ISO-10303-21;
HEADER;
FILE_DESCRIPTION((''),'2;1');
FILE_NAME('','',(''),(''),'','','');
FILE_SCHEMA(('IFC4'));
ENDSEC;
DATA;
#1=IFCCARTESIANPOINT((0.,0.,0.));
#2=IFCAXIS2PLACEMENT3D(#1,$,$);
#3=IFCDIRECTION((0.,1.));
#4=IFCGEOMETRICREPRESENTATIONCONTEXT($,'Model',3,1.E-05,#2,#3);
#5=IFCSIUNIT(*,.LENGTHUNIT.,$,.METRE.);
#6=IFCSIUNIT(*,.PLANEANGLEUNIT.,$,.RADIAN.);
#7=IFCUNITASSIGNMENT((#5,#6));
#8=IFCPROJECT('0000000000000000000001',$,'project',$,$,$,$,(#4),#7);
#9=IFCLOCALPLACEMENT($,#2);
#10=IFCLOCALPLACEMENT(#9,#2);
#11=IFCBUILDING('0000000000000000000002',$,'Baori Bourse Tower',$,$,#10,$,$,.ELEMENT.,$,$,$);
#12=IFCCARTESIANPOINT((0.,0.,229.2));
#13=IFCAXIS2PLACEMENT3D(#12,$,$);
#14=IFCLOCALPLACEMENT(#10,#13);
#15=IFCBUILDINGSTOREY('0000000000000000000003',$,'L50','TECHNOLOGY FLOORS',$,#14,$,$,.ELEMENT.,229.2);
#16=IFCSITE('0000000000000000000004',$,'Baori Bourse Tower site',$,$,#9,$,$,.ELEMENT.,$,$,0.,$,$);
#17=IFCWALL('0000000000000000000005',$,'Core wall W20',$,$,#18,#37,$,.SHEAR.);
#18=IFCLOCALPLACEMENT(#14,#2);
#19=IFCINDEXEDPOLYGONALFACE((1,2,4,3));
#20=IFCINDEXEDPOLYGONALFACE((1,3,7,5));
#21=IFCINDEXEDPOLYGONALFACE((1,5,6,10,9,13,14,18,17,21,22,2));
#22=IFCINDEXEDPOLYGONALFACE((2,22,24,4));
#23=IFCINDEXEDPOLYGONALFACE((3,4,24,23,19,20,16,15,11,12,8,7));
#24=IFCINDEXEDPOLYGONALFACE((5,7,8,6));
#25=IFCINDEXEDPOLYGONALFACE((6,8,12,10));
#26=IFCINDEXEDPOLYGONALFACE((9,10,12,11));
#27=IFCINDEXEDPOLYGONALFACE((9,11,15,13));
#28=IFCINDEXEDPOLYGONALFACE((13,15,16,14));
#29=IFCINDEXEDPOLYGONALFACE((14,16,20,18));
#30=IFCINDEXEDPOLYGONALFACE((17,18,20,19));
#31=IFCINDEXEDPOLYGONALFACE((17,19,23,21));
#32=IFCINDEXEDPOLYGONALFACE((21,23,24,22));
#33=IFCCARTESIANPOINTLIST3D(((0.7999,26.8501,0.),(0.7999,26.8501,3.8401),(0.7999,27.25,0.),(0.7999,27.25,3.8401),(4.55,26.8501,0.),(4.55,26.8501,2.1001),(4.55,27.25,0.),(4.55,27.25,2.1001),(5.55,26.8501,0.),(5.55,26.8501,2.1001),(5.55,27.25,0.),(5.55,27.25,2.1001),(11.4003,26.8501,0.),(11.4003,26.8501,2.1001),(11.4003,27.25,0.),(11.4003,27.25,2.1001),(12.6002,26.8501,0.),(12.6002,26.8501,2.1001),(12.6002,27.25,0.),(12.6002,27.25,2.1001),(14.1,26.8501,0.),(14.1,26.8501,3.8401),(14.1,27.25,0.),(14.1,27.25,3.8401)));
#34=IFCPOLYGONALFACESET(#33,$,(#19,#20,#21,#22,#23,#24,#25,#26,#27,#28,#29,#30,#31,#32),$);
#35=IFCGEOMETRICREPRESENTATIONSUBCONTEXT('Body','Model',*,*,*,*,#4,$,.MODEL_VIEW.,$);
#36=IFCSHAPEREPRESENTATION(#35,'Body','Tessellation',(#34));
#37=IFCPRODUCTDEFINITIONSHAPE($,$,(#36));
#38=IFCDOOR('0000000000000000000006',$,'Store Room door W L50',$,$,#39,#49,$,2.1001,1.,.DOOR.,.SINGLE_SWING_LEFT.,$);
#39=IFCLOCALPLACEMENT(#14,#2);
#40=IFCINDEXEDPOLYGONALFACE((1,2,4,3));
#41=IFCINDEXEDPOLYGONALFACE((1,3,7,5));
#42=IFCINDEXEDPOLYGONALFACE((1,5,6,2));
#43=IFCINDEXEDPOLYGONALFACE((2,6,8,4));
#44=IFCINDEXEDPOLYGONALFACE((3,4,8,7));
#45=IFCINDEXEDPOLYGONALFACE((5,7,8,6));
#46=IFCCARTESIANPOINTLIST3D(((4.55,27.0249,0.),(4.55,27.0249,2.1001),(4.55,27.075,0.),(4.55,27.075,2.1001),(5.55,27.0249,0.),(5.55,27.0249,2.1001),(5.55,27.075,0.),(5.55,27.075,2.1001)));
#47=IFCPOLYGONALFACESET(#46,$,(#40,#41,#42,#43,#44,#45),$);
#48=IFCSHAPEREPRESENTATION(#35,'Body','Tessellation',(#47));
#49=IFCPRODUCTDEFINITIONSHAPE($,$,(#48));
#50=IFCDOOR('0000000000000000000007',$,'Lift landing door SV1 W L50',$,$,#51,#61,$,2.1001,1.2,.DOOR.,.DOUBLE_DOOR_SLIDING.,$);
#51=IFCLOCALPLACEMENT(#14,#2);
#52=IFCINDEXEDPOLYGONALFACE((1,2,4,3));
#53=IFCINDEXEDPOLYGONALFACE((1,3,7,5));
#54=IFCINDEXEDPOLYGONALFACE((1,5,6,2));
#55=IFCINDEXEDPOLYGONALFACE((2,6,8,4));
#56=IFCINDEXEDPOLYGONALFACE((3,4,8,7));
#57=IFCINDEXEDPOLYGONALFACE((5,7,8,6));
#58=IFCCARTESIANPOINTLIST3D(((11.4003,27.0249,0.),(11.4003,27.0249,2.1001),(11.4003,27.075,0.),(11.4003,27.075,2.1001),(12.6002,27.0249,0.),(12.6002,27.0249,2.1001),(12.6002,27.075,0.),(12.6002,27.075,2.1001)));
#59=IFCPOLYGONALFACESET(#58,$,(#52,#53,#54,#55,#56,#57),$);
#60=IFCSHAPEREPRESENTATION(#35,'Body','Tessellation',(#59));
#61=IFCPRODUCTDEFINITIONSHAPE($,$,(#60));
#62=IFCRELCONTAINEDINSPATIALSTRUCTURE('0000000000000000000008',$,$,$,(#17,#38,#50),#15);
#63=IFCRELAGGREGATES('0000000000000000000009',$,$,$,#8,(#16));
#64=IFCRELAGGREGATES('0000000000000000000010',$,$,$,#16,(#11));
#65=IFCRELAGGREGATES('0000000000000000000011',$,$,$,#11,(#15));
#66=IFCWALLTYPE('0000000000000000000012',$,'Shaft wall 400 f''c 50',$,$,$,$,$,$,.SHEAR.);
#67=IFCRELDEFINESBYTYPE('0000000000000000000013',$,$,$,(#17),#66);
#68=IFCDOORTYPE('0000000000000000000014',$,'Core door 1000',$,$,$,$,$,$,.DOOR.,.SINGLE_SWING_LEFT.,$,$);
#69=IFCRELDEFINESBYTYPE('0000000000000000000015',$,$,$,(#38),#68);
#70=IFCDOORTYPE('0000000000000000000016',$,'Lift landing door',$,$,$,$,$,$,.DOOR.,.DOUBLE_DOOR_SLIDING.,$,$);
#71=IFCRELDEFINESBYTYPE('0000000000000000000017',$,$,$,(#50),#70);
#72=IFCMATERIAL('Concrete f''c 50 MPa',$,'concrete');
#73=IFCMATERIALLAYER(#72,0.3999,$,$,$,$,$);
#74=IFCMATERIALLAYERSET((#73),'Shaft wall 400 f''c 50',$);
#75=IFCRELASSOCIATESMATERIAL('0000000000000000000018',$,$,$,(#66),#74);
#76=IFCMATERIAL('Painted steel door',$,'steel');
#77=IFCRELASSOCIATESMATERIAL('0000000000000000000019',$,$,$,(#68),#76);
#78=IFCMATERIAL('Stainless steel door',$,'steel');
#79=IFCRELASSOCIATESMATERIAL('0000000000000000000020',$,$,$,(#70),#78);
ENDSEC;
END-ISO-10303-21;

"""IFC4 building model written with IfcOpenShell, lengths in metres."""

from ifc_helpers import new_model, si_unit, direction, frame, frame_2d, origin, place, context, subcontext, project, spatial, rectangle, extrude, material, layer, layer_set, type_object, element, fill, save


model = new_model("IFC4")

# Units and contexts
model_context = context("Model", 3, precision=1e-05, world=origin(), true_north=direction((0.0, 1.0)))
body_context = subcontext(model_context, "Body", "Model", "MODEL_VIEW")
ifc_project = project(units=[si_unit("LENGTHUNIT", "METRE"), si_unit("PLANEANGLEUNIT", "RADIAN")], contexts=[model_context])

# Site, building, storey
site_placement = place(None, origin())
site = spatial("IfcSite", under=ifc_project, at=site_placement, Name="Baori Bourse Tower site", CompositionType="ELEMENT", RefElevation=0.0)
building_placement = place(site_placement, origin())
building = spatial("IfcBuilding", under=site, at=building_placement, Name="Baori Bourse Tower", CompositionType="ELEMENT")
storey_placement = place(building_placement, frame((0.0, 0.0, 229.2)))
storey = spatial("IfcBuildingStorey", under=building, at=storey_placement, Name="L50", Description="TECHNOLOGY FLOORS", CompositionType="ELEMENT", Elevation=229.2)

# Wall, openings, doors
ifc_material_1 = material(Name="Concrete f'c 50 MPa", Category="concrete")
ifc_layer_1 = layer(ifc_material_1, 0.3999)
ifc_layer_set_1 = layer_set([ifc_layer_1], Name="Shaft wall 400 f'c 50")
wall_type_1 = type_object("IfcWallType", Name="Shaft wall 400 f'c 50", PredefinedType="SHEAR", material=ifc_layer_set_1)
wall_1_placement = place(storey_placement, frame((0.8, 27.05, 0.0), z_axis=(0.0, 0.0, 1.0), x_axis=(1.0, 0.0, 0.0)))
wall_1 = element("IfcWall", 1, at=wall_1_placement, inside=storey, type_object=wall_type_1, Name="Core wall W20", PredefinedType="SHEAR", context=body_context, shape_type="SweptSolid", body=[
    extrude(rectangle(XDim=13.3, YDim=0.3999, at=frame_2d((6.6499, 0.0))), origin(), (0.0, 0.0, 1.0), 3.8401),
])
opening_1_placement = place(wall_1_placement, frame((3.75, 0.0, 0.0)))
opening_1 = element("IfcOpeningElement", 2, at=opening_1_placement, cuts=wall_1, PredefinedType="OPENING", context=body_context, shape_type="SweptSolid", body=[
    extrude(rectangle(XDim=1.0, YDim=2.1001, at=frame_2d((0.5, 1.05))), frame((0.0, 0.21, 0.0), z_axis=(0.0, -1.0, 0.0), x_axis=(1.0, 0.0, 0.0)), (0.0, 0.0, 1.0), 0.4199),
])
opening_2_placement = place(wall_1_placement, frame((10.6001, 0.0, 0.0)))
opening_2 = element("IfcOpeningElement", 3, at=opening_2_placement, cuts=wall_1, PredefinedType="OPENING", context=body_context, shape_type="SweptSolid", body=[
    extrude(rectangle(XDim=1.2, YDim=2.1001, at=frame_2d((0.6001, 1.05))), frame((0.0, 0.21, 0.0), z_axis=(0.0, -1.0, 0.0), x_axis=(1.0, 0.0, 0.0)), (0.0, 0.0, 1.0), 0.4199),
])
ifc_material_2 = material(Name="Painted steel door", Category="steel")
door_type_1 = type_object("IfcDoorType", Name="Core door 1000", OperationType="SINGLE_SWING_LEFT", PredefinedType="DOOR", material=ifc_material_2)
door_1_placement = place(opening_1_placement, origin())
door_1 = element("IfcDoor", 4, at=door_1_placement, inside=storey, type_object=door_type_1, Name="Store Room door W L50", OperationType="SINGLE_SWING_LEFT", OverallHeight=2.1001, OverallWidth=1.0, PredefinedType="DOOR", context=body_context, shape_type="SweptSolid", body=[
    extrude(rectangle(XDim=1.0, YDim=2.1001, at=frame_2d((0.5, 1.05))), frame((0.0, 0.0249, 0.0), z_axis=(0.0, -1.0, 0.0), x_axis=(1.0, 0.0, 0.0)), (0.0, 0.0, 1.0), 0.05),
])
fill(opening_1, door_1)
ifc_material_3 = material(Name="Stainless steel door", Category="steel")
door_type_2 = type_object("IfcDoorType", Name="Lift landing door", OperationType="DOUBLE_DOOR_SLIDING", PredefinedType="DOOR", material=ifc_material_3)
door_2_placement = place(opening_2_placement, origin())
door_2 = element("IfcDoor", 5, at=door_2_placement, inside=storey, type_object=door_type_2, Name="Lift landing door SV1 W L50", OperationType="DOUBLE_DOOR_SLIDING", OverallHeight=2.1001, OverallWidth=1.2, PredefinedType="DOOR", context=body_context, shape_type="SweptSolid", body=[
    extrude(rectangle(XDim=1.2, YDim=2.1001, at=frame_2d((0.6001, 1.05))), frame((0.0, 0.0249, 0.0), z_axis=(0.0, -1.0, 0.0), x_axis=(1.0, 0.0, 0.0)), (0.0, 0.0, 1.0), 0.05),
])
fill(opening_2, door_2)

save(model, "model.ifc")
